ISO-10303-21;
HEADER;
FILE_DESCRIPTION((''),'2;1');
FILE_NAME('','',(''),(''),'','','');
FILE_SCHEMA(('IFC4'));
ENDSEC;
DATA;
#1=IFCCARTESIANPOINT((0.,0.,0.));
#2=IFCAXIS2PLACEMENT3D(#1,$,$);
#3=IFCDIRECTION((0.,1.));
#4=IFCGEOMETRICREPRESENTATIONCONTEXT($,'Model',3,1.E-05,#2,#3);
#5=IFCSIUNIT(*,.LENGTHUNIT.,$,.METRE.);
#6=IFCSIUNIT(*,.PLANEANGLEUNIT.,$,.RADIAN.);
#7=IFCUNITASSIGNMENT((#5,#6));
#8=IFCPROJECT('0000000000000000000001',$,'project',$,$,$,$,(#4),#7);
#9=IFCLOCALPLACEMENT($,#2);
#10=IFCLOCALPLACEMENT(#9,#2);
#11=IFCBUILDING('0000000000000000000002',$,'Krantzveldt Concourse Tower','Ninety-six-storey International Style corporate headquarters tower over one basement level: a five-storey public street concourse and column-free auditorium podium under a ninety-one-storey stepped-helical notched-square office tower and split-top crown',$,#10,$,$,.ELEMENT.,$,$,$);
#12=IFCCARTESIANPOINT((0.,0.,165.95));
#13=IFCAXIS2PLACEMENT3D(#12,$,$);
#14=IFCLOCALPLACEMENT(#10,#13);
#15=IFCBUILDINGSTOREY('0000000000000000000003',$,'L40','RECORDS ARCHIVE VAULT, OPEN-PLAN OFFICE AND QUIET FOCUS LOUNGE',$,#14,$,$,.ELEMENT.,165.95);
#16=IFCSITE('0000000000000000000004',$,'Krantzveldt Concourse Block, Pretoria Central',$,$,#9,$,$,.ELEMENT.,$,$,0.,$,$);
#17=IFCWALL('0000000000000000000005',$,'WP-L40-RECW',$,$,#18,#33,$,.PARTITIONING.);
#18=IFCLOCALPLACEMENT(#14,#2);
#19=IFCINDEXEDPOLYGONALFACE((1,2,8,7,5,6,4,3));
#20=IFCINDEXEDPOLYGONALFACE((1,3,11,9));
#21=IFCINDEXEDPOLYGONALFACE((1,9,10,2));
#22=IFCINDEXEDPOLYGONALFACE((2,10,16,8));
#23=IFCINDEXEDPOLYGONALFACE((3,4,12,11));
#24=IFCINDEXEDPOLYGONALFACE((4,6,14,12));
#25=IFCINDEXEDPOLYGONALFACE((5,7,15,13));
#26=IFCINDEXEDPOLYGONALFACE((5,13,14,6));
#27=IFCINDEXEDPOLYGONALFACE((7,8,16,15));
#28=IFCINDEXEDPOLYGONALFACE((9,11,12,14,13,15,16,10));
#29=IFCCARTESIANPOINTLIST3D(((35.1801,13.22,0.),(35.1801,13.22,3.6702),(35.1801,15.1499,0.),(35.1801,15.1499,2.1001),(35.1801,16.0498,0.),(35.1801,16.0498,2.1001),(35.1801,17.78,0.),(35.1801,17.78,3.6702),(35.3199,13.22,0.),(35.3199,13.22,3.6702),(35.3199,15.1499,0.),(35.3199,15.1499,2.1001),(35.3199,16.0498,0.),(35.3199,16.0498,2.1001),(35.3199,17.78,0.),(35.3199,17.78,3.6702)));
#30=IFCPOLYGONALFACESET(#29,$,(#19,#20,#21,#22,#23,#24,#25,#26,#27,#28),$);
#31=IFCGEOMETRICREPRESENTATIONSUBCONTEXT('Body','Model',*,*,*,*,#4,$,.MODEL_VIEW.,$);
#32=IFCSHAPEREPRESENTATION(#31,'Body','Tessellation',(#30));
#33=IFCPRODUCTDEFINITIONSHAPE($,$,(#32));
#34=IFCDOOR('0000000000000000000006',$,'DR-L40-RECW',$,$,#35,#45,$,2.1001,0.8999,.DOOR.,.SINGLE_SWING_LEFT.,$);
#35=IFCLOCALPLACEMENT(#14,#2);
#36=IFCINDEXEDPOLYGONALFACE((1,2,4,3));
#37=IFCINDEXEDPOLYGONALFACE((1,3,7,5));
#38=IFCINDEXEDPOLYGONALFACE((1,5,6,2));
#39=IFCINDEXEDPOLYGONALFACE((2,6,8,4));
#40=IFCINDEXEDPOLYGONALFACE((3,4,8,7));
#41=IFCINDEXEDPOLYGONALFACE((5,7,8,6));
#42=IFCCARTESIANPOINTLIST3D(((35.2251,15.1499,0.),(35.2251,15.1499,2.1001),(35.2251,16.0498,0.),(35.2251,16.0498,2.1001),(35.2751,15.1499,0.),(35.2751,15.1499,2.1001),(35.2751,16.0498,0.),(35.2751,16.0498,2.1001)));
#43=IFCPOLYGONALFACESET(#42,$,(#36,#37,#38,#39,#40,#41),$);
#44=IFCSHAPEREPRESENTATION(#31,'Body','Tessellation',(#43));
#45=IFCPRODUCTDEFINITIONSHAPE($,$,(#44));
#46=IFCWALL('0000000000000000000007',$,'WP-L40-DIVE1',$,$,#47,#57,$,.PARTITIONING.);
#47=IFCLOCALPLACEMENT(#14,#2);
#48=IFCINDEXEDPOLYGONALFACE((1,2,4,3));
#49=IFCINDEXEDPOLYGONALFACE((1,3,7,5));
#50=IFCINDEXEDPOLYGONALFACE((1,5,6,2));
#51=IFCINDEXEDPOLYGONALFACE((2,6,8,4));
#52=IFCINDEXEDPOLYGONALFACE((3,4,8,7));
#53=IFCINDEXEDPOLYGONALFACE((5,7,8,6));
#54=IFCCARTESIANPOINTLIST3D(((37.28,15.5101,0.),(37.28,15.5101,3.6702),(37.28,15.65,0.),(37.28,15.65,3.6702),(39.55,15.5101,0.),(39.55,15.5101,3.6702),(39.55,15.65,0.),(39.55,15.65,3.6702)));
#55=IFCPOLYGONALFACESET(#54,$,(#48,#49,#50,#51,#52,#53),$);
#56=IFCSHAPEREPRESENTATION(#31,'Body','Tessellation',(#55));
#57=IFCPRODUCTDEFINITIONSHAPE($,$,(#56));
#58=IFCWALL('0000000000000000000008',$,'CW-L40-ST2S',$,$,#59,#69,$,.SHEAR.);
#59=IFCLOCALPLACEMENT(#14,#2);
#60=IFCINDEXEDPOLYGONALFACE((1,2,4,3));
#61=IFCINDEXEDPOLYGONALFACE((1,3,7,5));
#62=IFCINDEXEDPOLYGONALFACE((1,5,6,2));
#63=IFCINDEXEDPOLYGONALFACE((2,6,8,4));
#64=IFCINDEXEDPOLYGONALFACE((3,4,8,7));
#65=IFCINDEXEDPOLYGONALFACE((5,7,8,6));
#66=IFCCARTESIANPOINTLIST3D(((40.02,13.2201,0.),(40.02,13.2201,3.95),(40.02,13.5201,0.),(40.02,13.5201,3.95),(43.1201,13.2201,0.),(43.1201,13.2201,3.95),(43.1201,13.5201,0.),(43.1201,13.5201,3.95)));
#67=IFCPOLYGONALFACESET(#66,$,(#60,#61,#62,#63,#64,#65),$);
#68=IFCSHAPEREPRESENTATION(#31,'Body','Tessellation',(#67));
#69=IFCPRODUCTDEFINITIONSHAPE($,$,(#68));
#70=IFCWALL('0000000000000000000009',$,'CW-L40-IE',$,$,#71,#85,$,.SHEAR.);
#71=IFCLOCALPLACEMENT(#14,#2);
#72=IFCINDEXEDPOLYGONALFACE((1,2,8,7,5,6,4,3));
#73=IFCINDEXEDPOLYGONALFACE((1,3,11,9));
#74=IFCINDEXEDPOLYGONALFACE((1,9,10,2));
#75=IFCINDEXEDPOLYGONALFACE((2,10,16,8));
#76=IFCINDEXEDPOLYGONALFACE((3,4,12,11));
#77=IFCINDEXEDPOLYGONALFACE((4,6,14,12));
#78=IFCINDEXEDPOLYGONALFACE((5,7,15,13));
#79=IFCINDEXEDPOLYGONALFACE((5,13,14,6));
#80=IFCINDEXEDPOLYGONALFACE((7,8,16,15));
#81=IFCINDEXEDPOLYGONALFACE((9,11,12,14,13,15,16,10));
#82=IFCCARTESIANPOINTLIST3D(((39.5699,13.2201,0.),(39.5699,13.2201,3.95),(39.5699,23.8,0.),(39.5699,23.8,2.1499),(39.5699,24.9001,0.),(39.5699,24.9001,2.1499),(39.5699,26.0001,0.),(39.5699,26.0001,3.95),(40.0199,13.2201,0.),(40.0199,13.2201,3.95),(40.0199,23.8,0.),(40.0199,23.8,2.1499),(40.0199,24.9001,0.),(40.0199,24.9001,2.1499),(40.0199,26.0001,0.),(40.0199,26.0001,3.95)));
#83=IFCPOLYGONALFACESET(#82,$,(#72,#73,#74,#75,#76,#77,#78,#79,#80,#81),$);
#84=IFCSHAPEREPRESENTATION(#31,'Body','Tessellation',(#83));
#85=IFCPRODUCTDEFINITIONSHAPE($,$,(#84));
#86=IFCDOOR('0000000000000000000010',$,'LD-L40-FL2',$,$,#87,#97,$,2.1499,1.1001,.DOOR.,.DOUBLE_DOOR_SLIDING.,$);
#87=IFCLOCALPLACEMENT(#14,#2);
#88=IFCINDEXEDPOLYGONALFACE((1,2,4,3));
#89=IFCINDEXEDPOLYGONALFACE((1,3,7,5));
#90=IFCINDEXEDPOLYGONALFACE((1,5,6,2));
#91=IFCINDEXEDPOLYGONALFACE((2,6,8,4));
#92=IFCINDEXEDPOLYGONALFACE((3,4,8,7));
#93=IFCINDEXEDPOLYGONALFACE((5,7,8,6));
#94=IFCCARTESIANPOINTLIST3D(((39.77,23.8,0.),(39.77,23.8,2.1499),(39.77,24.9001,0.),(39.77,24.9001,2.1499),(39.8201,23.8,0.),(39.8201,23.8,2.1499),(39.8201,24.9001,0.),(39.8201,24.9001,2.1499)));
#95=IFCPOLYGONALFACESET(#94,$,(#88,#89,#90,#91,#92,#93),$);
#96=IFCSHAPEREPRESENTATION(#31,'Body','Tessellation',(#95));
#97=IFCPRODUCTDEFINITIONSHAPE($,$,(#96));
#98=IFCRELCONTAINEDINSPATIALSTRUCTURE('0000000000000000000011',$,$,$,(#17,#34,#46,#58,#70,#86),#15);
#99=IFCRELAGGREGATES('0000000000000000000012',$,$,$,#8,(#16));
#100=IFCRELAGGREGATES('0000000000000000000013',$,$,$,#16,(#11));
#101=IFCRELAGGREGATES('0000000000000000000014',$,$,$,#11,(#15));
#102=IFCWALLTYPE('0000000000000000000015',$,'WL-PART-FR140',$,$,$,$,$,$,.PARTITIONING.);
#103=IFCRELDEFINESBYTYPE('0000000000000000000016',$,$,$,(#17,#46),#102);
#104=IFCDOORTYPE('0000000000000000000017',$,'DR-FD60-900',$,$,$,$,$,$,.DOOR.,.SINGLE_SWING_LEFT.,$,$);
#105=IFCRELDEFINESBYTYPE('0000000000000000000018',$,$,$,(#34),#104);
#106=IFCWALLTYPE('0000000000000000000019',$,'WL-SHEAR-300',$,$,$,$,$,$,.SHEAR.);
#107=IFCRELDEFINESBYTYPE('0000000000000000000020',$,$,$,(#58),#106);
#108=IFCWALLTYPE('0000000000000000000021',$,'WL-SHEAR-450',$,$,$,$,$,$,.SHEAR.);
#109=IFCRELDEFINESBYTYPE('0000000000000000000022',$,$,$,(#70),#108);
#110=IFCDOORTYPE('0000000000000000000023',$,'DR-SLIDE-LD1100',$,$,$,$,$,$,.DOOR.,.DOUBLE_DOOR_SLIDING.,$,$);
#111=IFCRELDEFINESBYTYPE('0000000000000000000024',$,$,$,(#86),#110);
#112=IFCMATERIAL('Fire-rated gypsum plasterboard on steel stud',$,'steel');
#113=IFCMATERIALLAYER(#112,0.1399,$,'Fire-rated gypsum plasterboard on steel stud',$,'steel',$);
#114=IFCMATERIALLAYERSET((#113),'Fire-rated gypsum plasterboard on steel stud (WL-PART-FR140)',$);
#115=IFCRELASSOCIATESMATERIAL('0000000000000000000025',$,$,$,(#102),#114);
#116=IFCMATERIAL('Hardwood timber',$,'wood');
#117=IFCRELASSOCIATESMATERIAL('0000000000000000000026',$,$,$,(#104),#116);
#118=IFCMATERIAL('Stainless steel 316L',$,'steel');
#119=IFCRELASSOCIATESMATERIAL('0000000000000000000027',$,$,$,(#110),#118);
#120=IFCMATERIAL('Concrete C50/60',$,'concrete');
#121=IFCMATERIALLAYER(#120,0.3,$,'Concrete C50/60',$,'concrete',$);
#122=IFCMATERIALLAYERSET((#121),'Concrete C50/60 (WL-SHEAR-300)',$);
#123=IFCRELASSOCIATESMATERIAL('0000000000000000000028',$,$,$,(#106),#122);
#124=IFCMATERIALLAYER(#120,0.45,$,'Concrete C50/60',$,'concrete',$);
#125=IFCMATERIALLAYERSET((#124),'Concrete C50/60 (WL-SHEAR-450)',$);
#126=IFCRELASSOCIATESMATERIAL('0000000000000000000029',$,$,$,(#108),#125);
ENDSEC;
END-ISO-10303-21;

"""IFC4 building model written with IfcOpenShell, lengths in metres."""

from ifc_helpers import new_model, si_unit, direction, frame, frame_2d, origin, place, context, subcontext, project, spatial, rectangle, extrude, material, layer, layer_set, type_object, element, fill, save


model = new_model("IFC4")

# Units and contexts
model_context = context("Model", 3, precision=1e-05, world=origin(), true_north=direction((0.0, 1.0)))
body_context = subcontext(model_context, "Body", "Model", "MODEL_VIEW")
ifc_project = project(units=[si_unit("LENGTHUNIT", "METRE"), si_unit("PLANEANGLEUNIT", "RADIAN")], contexts=[model_context])

# Site, building, storey
site_placement = place(None, origin())
site = spatial("IfcSite", under=ifc_project, at=site_placement, Name="Krantzveldt Concourse Block, Pretoria Central", CompositionType="ELEMENT", RefElevation=0.0)
building_placement = place(site_placement, origin())
building = spatial("IfcBuilding", under=site, at=building_placement, Name="Krantzveldt Concourse Tower", Description="Ninety-six-storey International Style corporate headquarters tower over one basement level: a five-storey public street concourse and column-free auditorium podium under a ninety-one-storey stepped-helical notched-square office tower and split-top crown", CompositionType="ELEMENT")
storey_placement = place(building_placement, frame((0.0, 0.0, 165.95)))
storey = spatial("IfcBuildingStorey", under=building, at=storey_placement, Name="L40", Description="RECORDS ARCHIVE VAULT, OPEN-PLAN OFFICE AND QUIET FOCUS LOUNGE", CompositionType="ELEMENT", Elevation=165.95)

# Shared definitions
ifc_material_1 = material(Name="Fire-rated gypsum plasterboard on steel stud", Category="steel")
ifc_material_2 = material(Name="Hardwood timber", Category="wood")

# Wall, opening, door
ifc_layer_1 = layer(ifc_material_1, 0.1399, Name="Fire-rated gypsum plasterboard on steel stud", Category="steel")
ifc_layer_set_1 = layer_set([ifc_layer_1], Name="Fire-rated gypsum plasterboard on steel stud (WL-PART-FR140)")
wall_type_1 = type_object("IfcWallType", Name="WL-PART-FR140", PredefinedType="PARTITIONING", material=ifc_layer_set_1)
wall_1_placement = place(storey_placement, frame((35.25, 13.22, 0.0), z_axis=(0.0, 0.0, 1.0), x_axis=(0.0, 1.0, 0.0)))
wall_1 = element("IfcWall", 1, at=wall_1_placement, inside=storey, type_object=wall_type_1, Name="WP-L40-RECW", PredefinedType="PARTITIONING", context=body_context, shape_type="SweptSolid", body=[
    extrude(rectangle(XDim=4.5601, YDim=0.1399, at=frame_2d((2.28, 0.0))), origin(), (0.0, 0.0, 1.0), 3.6702),
])
opening_1_placement = place(wall_1_placement, frame((1.9299, 0.0, 0.0)))
opening_1 = element("IfcOpeningElement", 2, at=opening_1_placement, cuts=wall_1, PredefinedType="OPENING", context=body_context, shape_type="SweptSolid", body=[
    extrude(rectangle(XDim=0.8999, YDim=2.1001, at=frame_2d((0.45, 1.05))), frame((0.0, 0.0801, 0.0), z_axis=(0.0, -1.0, 0.0), x_axis=(1.0, 0.0, 0.0)), (0.0, 0.0, 1.0), 0.1599),
])
door_type_1 = type_object("IfcDoorType", Name="DR-FD60-900", OperationType="SINGLE_SWING_LEFT", PredefinedType="DOOR", material=ifc_material_2)
door_1_placement = place(opening_1_placement, origin())
door_1 = element("IfcDoor", 3, at=door_1_placement, inside=storey, type_object=door_type_1, Name="DR-L40-RECW", OperationType="SINGLE_SWING_LEFT", OverallHeight=2.1001, OverallWidth=0.8999, PredefinedType="DOOR", context=body_context, shape_type="SweptSolid", body=[
    extrude(rectangle(XDim=0.8999, YDim=2.1001, at=frame_2d((0.45, 1.05))), frame((0.0, 0.0249, 0.0), z_axis=(0.0, -1.0, 0.0), x_axis=(1.0, 0.0, 0.0)), (0.0, 0.0, 1.0), 0.05),
])
fill(opening_1, door_1)

# Shared definitions
ifc_material_3 = material(Name="Stainless steel 316L", Category="steel")
door_type_2 = type_object("IfcDoorType", Name="DR-SLIDE-LD1100", OperationType="DOUBLE_DOOR_SLIDING", PredefinedType="DOOR", material=ifc_material_3)

# Walls
wall_2_placement = place(storey_placement, frame((37.28, 15.5801, 0.0), z_axis=(0.0, 0.0, 1.0), x_axis=(1.0, 0.0, 0.0)))
element("IfcWall", 4, at=wall_2_placement, inside=storey, type_object=wall_type_1, Name="WP-L40-DIVE1", PredefinedType="PARTITIONING", context=body_context, shape_type="SweptSolid", body=[
    extrude(rectangle(XDim=2.27, YDim=0.1399, at=frame_2d((1.135, 0.0))), origin(), (0.0, 0.0, 1.0), 3.6702),
])
ifc_material_4 = material(Name="Concrete C50/60", Category="concrete")
ifc_layer_2 = layer(ifc_material_4, 0.3, Name="Concrete C50/60", Category="concrete")
ifc_layer_set_2 = layer_set([ifc_layer_2], Name="Concrete C50/60 (WL-SHEAR-300)")
wall_type_2 = type_object("IfcWallType", Name="WL-SHEAR-300", PredefinedType="SHEAR", material=ifc_layer_set_2)
wall_3_placement = place(storey_placement, frame((40.02, 13.3701, 0.0), z_axis=(0.0, 0.0, 1.0), x_axis=(1.0, 0.0, 0.0)))
element("IfcWall", 5, at=wall_3_placement, inside=storey, type_object=wall_type_2, Name="CW-L40-ST2S", PredefinedType="SHEAR", context=body_context, shape_type="SweptSolid", body=[
    extrude(rectangle(XDim=3.1001, YDim=0.3, at=frame_2d((1.55, 0.0))), origin(), (0.0, 0.0, 1.0), 3.95),
])

# Wall, opening, door
ifc_layer_3 = layer(ifc_material_4, 0.45, Name="Concrete C50/60", Category="concrete")
ifc_layer_set_3 = layer_set([ifc_layer_3], Name="Concrete C50/60 (WL-SHEAR-450)")
wall_type_3 = type_object("IfcWallType", Name="WL-SHEAR-450", PredefinedType="SHEAR", material=ifc_layer_set_3)
wall_4_placement = place(storey_placement, frame((39.7949, 13.22, 0.0), z_axis=(0.0, 0.0, 1.0), x_axis=(0.0, 1.0, 0.0)))
wall_4 = element("IfcWall", 6, at=wall_4_placement, inside=storey, type_object=wall_type_3, Name="CW-L40-IE", PredefinedType="SHEAR", context=body_context, shape_type="SweptSolid", body=[
    extrude(rectangle(XDim=12.78, YDim=0.45, at=frame_2d((6.3901, 0.0))), origin(), (0.0, 0.0, 1.0), 3.95),
])
opening_2_placement = place(wall_4_placement, frame((10.5801, 0.0, 0.0)))
opening_2 = element("IfcOpeningElement", 7, at=opening_2_placement, cuts=wall_4, PredefinedType="OPENING", context=body_context, shape_type="SweptSolid", body=[
    extrude(rectangle(XDim=1.1001, YDim=2.1499, at=frame_2d((0.55, 1.075))), frame((0.0, 0.2349, 0.0), z_axis=(0.0, -1.0, 0.0), x_axis=(1.0, 0.0, 0.0)), (0.0, 0.0, 1.0), 0.47),
])
door_2_placement = place(opening_2_placement, origin())
door_2 = element("IfcDoor", 8, at=door_2_placement, inside=storey, type_object=door_type_2, Name="LD-L40-FL2", OperationType="DOUBLE_DOOR_SLIDING", OverallHeight=2.1499, OverallWidth=1.1001, PredefinedType="DOOR", context=body_context, shape_type="SweptSolid", body=[
    extrude(rectangle(XDim=1.1001, YDim=2.1499, at=frame_2d((0.55, 1.075))), frame((0.0, 0.0249, 0.0), z_axis=(0.0, -1.0, 0.0), x_axis=(1.0, 0.0, 0.0)), (0.0, 0.0, 1.0), 0.05),
])
fill(opening_2, door_2)

save(model, "model.ifc")
